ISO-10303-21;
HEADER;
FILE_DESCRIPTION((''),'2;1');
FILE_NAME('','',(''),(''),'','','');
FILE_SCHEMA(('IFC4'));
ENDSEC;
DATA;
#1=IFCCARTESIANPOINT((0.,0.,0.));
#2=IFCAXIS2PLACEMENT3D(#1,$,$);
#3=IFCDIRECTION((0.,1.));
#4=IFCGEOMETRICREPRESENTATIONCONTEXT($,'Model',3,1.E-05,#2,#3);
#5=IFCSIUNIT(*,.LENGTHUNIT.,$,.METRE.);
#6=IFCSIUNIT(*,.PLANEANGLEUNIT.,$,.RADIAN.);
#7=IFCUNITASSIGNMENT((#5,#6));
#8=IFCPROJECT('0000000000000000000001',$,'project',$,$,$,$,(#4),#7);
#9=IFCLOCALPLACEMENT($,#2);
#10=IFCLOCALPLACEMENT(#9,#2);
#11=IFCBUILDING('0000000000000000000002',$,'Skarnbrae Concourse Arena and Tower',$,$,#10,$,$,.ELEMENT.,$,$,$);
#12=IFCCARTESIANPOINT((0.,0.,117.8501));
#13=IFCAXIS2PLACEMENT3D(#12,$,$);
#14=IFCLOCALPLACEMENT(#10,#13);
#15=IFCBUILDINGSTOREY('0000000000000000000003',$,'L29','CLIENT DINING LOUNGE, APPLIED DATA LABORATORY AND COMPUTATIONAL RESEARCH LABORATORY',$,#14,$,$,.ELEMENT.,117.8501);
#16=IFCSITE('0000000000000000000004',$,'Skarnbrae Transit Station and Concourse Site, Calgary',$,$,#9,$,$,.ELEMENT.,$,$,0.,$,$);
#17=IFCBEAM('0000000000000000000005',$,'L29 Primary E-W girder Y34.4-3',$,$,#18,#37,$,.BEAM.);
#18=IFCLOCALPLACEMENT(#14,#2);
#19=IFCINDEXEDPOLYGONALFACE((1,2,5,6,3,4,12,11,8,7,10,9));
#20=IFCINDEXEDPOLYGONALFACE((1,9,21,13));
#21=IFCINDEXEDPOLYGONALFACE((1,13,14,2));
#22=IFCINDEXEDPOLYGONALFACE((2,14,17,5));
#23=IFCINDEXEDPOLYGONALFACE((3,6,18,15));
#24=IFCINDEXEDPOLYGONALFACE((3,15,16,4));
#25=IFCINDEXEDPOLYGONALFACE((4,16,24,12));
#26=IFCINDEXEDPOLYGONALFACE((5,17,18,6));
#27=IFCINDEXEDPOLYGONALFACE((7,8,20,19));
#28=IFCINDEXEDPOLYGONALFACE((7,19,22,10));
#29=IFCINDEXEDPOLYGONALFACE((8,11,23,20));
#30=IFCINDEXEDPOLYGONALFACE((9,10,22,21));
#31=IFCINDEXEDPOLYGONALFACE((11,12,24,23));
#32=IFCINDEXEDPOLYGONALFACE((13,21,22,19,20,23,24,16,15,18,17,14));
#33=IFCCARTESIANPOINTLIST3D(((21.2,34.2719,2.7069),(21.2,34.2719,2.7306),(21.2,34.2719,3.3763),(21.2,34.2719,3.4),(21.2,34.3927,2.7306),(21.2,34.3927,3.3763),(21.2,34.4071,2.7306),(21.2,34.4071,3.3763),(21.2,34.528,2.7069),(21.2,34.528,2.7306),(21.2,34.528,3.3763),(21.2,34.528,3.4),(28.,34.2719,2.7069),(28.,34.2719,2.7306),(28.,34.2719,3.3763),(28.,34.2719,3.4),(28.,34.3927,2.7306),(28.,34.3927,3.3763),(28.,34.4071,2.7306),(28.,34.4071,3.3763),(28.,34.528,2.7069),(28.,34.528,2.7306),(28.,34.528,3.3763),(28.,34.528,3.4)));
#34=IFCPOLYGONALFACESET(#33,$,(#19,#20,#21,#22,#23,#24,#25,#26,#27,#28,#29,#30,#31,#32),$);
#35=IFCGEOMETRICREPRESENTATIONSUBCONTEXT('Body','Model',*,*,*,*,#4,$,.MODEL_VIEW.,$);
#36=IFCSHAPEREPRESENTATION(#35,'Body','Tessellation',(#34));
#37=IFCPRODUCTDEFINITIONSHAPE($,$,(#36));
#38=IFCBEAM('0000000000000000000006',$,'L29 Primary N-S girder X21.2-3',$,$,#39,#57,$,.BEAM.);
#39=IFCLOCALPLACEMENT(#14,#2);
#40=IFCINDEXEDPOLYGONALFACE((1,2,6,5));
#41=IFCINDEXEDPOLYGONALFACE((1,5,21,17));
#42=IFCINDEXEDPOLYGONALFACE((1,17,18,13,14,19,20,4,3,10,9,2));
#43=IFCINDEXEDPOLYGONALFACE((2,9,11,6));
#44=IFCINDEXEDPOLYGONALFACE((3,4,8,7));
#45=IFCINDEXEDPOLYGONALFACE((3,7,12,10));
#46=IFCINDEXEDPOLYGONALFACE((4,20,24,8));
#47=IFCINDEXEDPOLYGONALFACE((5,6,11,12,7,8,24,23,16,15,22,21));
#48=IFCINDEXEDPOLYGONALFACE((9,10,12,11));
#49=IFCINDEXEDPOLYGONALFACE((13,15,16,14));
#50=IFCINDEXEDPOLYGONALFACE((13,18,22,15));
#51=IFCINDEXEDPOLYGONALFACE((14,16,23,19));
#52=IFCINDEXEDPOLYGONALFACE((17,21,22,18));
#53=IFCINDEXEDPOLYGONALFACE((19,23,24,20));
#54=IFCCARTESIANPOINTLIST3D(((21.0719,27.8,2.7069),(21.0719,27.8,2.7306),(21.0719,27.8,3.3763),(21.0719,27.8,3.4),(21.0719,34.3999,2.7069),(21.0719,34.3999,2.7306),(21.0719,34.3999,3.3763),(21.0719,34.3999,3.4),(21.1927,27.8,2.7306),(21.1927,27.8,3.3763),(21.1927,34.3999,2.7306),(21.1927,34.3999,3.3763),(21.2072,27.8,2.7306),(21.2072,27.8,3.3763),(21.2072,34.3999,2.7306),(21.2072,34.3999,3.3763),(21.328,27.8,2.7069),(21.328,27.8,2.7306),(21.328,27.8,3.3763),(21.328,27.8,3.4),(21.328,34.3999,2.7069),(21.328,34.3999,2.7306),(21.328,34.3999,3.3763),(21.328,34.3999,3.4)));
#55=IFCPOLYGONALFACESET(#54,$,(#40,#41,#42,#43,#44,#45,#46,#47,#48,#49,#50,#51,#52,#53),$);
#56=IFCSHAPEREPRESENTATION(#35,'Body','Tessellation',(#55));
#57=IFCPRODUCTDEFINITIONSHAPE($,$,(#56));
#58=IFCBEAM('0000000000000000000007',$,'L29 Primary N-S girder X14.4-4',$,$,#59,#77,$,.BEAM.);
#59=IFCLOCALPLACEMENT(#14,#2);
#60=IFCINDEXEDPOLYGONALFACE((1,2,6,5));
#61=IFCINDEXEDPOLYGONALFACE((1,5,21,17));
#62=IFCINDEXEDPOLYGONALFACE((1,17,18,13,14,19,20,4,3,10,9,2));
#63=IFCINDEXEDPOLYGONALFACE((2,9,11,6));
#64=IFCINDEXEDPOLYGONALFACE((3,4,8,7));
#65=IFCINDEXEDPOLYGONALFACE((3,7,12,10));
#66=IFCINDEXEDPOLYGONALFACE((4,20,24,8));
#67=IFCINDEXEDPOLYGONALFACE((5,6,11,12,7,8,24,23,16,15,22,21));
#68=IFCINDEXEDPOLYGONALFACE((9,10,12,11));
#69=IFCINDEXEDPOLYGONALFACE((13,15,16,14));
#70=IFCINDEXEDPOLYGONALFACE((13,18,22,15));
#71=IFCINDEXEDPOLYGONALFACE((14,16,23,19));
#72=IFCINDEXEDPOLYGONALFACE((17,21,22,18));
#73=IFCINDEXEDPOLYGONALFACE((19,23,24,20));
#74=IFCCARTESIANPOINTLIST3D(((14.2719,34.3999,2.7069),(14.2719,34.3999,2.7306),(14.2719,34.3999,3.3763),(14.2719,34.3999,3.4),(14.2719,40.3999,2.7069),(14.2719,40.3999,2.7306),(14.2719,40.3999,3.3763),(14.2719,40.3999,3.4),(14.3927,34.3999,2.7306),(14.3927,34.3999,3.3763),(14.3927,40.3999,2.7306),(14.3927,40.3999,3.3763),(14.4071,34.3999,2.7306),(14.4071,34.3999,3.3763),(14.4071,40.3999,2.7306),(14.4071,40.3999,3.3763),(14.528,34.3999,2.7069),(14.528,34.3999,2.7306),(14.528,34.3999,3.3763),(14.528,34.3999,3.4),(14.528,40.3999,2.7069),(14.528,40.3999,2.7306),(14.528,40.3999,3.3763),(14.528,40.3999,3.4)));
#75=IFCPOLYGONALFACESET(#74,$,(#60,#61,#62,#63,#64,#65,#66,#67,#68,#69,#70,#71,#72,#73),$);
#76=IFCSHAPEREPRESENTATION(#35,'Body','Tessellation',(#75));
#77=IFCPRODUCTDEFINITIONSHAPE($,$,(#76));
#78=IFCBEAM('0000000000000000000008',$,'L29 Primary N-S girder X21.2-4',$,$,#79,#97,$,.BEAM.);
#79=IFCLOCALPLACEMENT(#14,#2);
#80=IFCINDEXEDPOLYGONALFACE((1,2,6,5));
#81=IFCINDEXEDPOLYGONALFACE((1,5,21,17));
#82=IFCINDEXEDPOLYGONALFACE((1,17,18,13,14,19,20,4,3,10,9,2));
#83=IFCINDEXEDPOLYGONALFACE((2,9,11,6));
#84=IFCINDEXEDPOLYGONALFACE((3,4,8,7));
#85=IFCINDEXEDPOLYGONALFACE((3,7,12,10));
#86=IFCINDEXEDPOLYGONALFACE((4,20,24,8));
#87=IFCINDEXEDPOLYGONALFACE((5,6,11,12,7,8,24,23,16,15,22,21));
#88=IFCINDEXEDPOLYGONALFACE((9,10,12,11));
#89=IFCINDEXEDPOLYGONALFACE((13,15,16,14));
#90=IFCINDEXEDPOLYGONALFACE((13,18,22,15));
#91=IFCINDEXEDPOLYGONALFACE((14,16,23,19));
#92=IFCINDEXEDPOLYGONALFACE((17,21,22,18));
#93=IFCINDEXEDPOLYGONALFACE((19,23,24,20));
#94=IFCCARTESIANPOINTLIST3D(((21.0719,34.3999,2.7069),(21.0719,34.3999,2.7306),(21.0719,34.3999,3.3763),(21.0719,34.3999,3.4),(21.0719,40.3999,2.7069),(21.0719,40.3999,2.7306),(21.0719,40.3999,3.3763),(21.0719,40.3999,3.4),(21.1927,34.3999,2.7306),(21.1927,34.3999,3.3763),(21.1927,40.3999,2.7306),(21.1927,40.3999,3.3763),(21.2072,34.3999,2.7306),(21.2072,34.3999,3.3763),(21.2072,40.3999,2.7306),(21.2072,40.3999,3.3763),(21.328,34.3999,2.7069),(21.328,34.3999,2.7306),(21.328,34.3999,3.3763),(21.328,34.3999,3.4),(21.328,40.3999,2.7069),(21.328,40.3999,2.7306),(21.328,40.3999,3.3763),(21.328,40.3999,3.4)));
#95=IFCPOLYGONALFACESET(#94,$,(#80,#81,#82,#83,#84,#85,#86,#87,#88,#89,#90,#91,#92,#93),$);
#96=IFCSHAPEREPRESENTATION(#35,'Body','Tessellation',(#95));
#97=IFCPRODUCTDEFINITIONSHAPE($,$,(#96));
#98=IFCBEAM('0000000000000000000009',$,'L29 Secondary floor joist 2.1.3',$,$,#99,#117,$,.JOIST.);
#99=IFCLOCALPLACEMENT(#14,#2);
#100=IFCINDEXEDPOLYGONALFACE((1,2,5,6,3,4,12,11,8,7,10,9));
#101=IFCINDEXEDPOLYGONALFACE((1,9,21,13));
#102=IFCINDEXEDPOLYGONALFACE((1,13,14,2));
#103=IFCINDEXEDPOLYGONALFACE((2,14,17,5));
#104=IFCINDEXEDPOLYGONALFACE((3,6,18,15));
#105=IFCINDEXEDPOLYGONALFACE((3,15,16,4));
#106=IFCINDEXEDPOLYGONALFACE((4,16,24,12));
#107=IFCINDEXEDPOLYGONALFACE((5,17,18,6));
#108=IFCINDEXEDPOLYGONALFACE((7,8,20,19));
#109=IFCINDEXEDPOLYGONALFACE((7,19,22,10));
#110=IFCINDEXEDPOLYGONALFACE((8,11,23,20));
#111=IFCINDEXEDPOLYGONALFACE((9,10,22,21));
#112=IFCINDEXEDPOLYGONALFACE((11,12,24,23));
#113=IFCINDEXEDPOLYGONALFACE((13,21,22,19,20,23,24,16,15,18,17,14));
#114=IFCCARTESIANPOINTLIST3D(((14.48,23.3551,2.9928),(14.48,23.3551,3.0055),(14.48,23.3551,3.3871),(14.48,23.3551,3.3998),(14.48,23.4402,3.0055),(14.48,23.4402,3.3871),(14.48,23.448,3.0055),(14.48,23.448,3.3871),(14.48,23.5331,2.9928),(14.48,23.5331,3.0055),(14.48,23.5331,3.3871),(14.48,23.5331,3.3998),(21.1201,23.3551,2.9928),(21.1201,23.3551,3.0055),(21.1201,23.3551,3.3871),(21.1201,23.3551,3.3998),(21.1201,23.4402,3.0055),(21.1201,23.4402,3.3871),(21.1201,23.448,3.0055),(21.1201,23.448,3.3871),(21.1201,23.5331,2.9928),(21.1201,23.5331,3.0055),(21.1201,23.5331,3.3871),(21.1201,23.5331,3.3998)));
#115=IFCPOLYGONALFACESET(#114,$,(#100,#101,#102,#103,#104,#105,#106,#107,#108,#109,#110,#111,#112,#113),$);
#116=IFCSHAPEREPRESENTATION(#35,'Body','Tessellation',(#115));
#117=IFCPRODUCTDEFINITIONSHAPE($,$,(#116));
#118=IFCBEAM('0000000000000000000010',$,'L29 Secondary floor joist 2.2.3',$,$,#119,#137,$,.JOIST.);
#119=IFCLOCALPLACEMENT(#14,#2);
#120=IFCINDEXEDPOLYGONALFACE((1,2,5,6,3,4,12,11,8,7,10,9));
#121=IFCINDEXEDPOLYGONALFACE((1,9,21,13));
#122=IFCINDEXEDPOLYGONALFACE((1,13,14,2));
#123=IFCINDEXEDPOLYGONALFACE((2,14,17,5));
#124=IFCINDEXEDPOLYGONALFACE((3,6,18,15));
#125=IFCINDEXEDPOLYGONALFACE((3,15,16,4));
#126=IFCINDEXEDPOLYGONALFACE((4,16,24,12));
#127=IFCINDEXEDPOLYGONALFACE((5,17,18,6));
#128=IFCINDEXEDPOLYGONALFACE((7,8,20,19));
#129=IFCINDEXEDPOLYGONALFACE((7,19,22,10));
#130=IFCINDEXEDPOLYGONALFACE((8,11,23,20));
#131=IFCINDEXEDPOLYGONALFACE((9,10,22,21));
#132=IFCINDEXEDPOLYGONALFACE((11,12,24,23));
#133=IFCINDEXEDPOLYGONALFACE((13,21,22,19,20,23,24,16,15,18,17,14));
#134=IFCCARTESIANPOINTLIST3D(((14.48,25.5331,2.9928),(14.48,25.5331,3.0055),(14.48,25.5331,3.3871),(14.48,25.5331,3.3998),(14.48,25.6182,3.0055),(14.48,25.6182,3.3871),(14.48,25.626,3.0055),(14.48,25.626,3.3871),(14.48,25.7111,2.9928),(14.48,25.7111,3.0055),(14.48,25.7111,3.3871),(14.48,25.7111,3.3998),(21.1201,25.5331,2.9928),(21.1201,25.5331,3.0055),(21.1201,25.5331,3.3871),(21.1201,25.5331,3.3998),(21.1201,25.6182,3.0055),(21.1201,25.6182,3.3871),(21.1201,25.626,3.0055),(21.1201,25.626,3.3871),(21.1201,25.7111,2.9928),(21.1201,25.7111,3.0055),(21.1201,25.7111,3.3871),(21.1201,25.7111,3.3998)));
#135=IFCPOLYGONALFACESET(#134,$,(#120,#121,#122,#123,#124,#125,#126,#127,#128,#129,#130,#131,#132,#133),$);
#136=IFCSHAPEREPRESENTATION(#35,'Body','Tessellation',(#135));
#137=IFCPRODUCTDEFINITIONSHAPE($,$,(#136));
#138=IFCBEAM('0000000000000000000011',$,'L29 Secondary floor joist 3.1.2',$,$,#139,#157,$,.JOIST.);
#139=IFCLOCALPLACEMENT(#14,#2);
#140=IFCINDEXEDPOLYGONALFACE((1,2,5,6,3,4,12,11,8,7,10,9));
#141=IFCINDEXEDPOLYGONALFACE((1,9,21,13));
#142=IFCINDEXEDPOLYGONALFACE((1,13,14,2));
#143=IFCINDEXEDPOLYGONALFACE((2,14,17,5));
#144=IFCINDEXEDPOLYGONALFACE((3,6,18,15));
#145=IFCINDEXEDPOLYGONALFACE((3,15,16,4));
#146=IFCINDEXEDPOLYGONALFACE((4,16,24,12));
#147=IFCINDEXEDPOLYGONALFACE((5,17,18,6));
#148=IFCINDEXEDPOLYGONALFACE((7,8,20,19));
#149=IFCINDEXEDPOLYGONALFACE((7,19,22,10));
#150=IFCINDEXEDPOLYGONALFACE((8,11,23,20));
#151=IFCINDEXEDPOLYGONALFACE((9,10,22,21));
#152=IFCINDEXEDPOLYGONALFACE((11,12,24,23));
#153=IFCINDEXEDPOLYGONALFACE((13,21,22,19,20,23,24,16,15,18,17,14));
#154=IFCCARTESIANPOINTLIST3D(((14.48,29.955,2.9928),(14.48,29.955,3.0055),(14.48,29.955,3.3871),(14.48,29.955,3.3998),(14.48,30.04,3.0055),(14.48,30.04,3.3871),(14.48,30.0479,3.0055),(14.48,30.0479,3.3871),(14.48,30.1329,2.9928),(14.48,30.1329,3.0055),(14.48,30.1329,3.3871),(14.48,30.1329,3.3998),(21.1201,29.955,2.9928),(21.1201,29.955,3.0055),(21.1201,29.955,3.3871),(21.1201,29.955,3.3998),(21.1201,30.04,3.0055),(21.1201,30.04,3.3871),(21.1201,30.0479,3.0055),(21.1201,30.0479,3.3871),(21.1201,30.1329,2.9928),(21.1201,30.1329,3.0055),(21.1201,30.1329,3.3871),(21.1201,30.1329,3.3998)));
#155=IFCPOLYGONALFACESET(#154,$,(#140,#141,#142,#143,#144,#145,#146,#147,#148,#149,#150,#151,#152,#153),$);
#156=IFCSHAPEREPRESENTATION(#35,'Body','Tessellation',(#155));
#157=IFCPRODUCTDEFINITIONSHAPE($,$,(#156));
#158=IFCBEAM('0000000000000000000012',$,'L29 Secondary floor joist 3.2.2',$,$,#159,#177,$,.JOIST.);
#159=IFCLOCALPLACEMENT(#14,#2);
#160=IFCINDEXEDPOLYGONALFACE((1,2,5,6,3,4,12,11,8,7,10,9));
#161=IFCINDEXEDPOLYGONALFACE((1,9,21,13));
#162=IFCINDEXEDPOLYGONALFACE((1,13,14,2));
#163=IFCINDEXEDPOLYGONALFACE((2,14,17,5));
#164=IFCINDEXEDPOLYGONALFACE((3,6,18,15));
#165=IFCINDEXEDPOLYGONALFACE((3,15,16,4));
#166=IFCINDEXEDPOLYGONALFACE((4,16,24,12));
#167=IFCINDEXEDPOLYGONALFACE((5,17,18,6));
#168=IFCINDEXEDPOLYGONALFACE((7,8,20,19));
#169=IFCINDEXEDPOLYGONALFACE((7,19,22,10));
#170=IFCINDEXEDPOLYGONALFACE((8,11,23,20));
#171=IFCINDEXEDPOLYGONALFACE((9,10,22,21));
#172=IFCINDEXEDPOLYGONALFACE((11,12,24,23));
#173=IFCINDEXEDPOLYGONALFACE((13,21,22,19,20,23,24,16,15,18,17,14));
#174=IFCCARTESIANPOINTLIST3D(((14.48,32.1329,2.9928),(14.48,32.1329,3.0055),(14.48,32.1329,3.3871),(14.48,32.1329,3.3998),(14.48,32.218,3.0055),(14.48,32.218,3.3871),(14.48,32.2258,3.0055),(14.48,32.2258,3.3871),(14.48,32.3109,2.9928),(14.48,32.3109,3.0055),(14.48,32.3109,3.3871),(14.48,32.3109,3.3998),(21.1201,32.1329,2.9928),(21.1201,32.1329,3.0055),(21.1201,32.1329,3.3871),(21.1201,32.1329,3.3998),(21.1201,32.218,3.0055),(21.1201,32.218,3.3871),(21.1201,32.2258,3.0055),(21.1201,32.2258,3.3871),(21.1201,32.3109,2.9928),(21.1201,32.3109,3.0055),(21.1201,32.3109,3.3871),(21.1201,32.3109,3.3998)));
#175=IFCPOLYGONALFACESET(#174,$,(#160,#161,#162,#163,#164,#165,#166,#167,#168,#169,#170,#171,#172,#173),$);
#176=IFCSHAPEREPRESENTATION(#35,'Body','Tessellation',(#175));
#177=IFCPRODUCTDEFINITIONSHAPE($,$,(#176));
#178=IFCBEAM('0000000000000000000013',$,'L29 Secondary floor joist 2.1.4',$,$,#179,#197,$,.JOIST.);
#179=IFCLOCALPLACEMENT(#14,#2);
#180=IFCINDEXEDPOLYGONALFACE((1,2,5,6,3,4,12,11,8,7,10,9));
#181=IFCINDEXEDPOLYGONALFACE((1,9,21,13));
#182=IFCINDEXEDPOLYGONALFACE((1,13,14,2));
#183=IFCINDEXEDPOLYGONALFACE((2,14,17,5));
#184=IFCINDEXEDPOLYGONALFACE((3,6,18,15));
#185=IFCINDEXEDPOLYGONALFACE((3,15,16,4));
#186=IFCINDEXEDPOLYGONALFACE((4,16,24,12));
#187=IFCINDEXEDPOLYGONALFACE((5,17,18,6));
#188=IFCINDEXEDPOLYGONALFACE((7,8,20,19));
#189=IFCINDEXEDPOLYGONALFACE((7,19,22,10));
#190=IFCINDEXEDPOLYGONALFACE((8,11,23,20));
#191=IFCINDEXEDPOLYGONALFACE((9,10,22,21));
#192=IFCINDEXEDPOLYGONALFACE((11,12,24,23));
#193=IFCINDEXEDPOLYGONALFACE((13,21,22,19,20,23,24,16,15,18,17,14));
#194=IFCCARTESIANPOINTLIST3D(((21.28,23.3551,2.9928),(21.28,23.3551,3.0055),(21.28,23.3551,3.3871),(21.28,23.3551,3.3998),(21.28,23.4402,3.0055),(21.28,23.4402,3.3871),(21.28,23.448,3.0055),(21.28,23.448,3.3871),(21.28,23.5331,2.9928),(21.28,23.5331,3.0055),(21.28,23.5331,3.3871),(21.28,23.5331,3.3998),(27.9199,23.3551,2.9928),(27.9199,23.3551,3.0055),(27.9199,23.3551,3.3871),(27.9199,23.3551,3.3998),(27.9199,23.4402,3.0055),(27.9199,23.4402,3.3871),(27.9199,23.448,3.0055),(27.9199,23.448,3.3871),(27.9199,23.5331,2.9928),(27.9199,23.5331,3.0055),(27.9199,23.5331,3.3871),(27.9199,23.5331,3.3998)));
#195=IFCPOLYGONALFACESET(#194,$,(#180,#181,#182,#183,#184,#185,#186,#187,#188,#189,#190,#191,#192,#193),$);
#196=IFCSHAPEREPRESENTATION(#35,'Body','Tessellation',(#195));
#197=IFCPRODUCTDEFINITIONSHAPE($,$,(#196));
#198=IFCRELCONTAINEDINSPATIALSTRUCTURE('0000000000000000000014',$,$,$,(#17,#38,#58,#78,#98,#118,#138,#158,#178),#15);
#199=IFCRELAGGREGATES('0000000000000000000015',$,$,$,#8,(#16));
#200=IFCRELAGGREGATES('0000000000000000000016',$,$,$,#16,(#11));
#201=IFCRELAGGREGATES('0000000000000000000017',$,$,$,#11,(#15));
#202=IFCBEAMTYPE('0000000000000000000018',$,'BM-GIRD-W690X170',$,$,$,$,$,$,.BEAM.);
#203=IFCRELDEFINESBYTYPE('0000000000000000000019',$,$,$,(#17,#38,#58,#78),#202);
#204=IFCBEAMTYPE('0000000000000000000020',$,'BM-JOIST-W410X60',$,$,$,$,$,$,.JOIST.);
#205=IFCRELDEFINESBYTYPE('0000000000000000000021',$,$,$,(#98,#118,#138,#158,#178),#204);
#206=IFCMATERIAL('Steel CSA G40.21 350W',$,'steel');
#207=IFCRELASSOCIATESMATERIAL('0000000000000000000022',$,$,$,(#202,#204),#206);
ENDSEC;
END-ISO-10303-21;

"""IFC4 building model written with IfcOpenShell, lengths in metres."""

from ifc_helpers import new_model, si_unit, direction, frame, origin, origin_2d, place, context, subcontext, project, spatial, i_section, extrude, source, transform, mapped, material, material_profile, profile_set, type_object, element, save


model = new_model("IFC4")

# Units and contexts
model_context = context("Model", 3, precision=1e-05, world=origin(), true_north=direction((0.0, 1.0)))
body_context = subcontext(model_context, "Body", "Model", "MODEL_VIEW")
ifc_project = project(units=[si_unit("LENGTHUNIT", "METRE"), si_unit("PLANEANGLEUNIT", "RADIAN")], contexts=[model_context])

# Site, building, storey
site_placement = place(None, origin())
site = spatial("IfcSite", under=ifc_project, at=site_placement, Name="Skarnbrae Transit Station and Concourse Site, Calgary", CompositionType="ELEMENT", RefElevation=0.0)
building_placement = place(site_placement, origin())
building = spatial("IfcBuilding", under=site, at=building_placement, Name="Skarnbrae Concourse Arena and Tower", CompositionType="ELEMENT")
storey_placement = place(building_placement, frame((0.0, 0.0, 117.8501)))
storey = spatial("IfcBuildingStorey", under=building, at=storey_placement, Name="L29", Description="CLIENT DINING LOUNGE, APPLIED DATA LABORATORY AND COMPUTATIONAL RESEARCH LABORATORY", CompositionType="ELEMENT", Elevation=117.8501)

# Shared definitions
ifc_material_1 = material(Name="Steel CSA G40.21 350W", Category="steel")

# Beams
ifc_material_profile_1 = material_profile(ifc_material_1, i_section(OverallWidth=0.2561, OverallDepth=0.6931, WebThickness=0.0144, FlangeThickness=0.0237, at=origin_2d()), Name="W690X170")
ifc_profile_set_1 = profile_set([ifc_material_profile_1], Name="Steel CSA G40.21 350W")
beam_type_1 = type_object("IfcBeamType", Name="BM-GIRD-W690X170", PredefinedType="BEAM", material=ifc_profile_set_1)
shared_shape_1 = source(origin(), body_context, "Body", "SweptSolid", [
    extrude(i_section(OverallWidth=0.2561, OverallDepth=0.6931, WebThickness=0.0144, FlangeThickness=0.0237, at=origin_2d()), origin(), (0.0, 0.0, 1.0), 6.8),
])
for number, where, z_axis, x_axis, name in (
    (1, (21.2, 34.3999, 3.0535), (1.0, 0.0, 0.0), (0.0, 1.0, 0.0), "L29 Primary E-W girder Y34.4-3"),
):
    element("IfcBeam", number, at=place(storey_placement, frame(where, z_axis=z_axis, x_axis=x_axis)), inside=storey, type_object=beam_type_1, Name=name, PredefinedType="BEAM", context=body_context, shape_type="MappedRepresentation", body=[
        mapped(shared_shape_1, transform((0.0, 0.0, 0.0))),
    ])
shared_shape_2 = source(origin(), body_context, "Body", "SweptSolid", [
    extrude(i_section(OverallWidth=0.2561, OverallDepth=0.6931, WebThickness=0.0144, FlangeThickness=0.0237, at=origin_2d()), origin(), (0.0, 0.0, 1.0), 6.5999),
])
beam_1_placement = place(storey_placement, frame((21.2, 27.8, 3.0535), z_axis=(0.0, 1.0, 0.0), x_axis=(-1.0, 0.0, 0.0)))
element("IfcBeam", 2, at=beam_1_placement, inside=storey, type_object=beam_type_1, Name="L29 Primary N-S girder X21.2-3", PredefinedType="BEAM", context=body_context, shape_type="MappedRepresentation", body=[
    mapped(shared_shape_2, transform((0.0, 0.0, 0.0))),
])
shared_shape_3 = source(origin(), body_context, "Body", "SweptSolid", [
    extrude(i_section(OverallWidth=0.2561, OverallDepth=0.6931, WebThickness=0.0144, FlangeThickness=0.0237, at=origin_2d()), origin(), (0.0, 0.0, 1.0), 6.0),
])
for number, where, z_axis, x_axis, name in (
    (3, (14.3999, 34.3999, 3.0535), (0.0, 1.0, 0.0), (-1.0, 0.0, 0.0), "L29 Primary N-S girder X14.4-4"),
    (4, (21.2, 34.3999, 3.0535), (0.0, 1.0, 0.0), (-1.0, 0.0, 0.0), "L29 Primary N-S girder X21.2-4"),
):
    element("IfcBeam", number, at=place(storey_placement, frame(where, z_axis=z_axis, x_axis=x_axis)), inside=storey, type_object=beam_type_1, Name=name, PredefinedType="BEAM", context=body_context, shape_type="MappedRepresentation", body=[
        mapped(shared_shape_3, transform((0.0, 0.0, 0.0))),
    ])
ifc_material_profile_2 = material_profile(ifc_material_1, i_section(OverallWidth=0.178, OverallDepth=0.407, WebThickness=0.0078, FlangeThickness=0.0127, at=origin_2d()), Name="W410X60")
ifc_profile_set_2 = profile_set([ifc_material_profile_2], Name="Steel CSA G40.21 350W")
beam_type_2 = type_object("IfcBeamType", Name="BM-JOIST-W410X60", PredefinedType="JOIST", material=ifc_profile_set_2)
shared_shape_4 = source(origin(), body_context, "Body", "SweptSolid", [
    extrude(i_section(OverallWidth=0.178, OverallDepth=0.407, WebThickness=0.0078, FlangeThickness=0.0127, at=origin_2d()), origin(), (0.0, 0.0, 1.0), 6.6401),
])
for number, where, z_axis, x_axis, name in (
    (5, (14.48, 23.4441, 3.1963), (1.0, 0.0, 0.0), (0.0, 1.0, 0.0), "L29 Secondary floor joist 2.1.3"),
    (6, (14.48, 25.6221, 3.1963), (1.0, 0.0, 0.0), (0.0, 1.0, 0.0), "L29 Secondary floor joist 2.2.3"),
    (7, (14.48, 30.0439, 3.1963), (1.0, 0.0, 0.0), (0.0, 1.0, 0.0), "L29 Secondary floor joist 3.1.2"),
    (8, (14.48, 32.2219, 3.1963), (1.0, 0.0, 0.0), (0.0, 1.0, 0.0), "L29 Secondary floor joist 3.2.2"),
):
    element("IfcBeam", number, at=place(storey_placement, frame(where, z_axis=z_axis, x_axis=x_axis)), inside=storey, type_object=beam_type_2, Name=name, PredefinedType="JOIST", context=body_context, shape_type="MappedRepresentation", body=[
        mapped(shared_shape_4, transform((0.0, 0.0, 0.0))),
    ])
shared_shape_5 = source(origin(), body_context, "Body", "SweptSolid", [
    extrude(i_section(OverallWidth=0.178, OverallDepth=0.407, WebThickness=0.0078, FlangeThickness=0.0127, at=origin_2d()), origin(), (0.0, 0.0, 1.0), 6.6399),
])
for number, where, z_axis, x_axis, name in (
    (9, (21.28, 23.4441, 3.1963), (1.0, 0.0, 0.0), (0.0, 1.0, 0.0), "L29 Secondary floor joist 2.1.4"),
):
    element("IfcBeam", number, at=place(storey_placement, frame(where, z_axis=z_axis, x_axis=x_axis)), inside=storey, type_object=beam_type_2, Name=name, PredefinedType="JOIST", context=body_context, shape_type="MappedRepresentation", body=[
        mapped(shared_shape_5, transform((0.0, 0.0, 0.0))),
    ])

save(model, "model.ifc")
